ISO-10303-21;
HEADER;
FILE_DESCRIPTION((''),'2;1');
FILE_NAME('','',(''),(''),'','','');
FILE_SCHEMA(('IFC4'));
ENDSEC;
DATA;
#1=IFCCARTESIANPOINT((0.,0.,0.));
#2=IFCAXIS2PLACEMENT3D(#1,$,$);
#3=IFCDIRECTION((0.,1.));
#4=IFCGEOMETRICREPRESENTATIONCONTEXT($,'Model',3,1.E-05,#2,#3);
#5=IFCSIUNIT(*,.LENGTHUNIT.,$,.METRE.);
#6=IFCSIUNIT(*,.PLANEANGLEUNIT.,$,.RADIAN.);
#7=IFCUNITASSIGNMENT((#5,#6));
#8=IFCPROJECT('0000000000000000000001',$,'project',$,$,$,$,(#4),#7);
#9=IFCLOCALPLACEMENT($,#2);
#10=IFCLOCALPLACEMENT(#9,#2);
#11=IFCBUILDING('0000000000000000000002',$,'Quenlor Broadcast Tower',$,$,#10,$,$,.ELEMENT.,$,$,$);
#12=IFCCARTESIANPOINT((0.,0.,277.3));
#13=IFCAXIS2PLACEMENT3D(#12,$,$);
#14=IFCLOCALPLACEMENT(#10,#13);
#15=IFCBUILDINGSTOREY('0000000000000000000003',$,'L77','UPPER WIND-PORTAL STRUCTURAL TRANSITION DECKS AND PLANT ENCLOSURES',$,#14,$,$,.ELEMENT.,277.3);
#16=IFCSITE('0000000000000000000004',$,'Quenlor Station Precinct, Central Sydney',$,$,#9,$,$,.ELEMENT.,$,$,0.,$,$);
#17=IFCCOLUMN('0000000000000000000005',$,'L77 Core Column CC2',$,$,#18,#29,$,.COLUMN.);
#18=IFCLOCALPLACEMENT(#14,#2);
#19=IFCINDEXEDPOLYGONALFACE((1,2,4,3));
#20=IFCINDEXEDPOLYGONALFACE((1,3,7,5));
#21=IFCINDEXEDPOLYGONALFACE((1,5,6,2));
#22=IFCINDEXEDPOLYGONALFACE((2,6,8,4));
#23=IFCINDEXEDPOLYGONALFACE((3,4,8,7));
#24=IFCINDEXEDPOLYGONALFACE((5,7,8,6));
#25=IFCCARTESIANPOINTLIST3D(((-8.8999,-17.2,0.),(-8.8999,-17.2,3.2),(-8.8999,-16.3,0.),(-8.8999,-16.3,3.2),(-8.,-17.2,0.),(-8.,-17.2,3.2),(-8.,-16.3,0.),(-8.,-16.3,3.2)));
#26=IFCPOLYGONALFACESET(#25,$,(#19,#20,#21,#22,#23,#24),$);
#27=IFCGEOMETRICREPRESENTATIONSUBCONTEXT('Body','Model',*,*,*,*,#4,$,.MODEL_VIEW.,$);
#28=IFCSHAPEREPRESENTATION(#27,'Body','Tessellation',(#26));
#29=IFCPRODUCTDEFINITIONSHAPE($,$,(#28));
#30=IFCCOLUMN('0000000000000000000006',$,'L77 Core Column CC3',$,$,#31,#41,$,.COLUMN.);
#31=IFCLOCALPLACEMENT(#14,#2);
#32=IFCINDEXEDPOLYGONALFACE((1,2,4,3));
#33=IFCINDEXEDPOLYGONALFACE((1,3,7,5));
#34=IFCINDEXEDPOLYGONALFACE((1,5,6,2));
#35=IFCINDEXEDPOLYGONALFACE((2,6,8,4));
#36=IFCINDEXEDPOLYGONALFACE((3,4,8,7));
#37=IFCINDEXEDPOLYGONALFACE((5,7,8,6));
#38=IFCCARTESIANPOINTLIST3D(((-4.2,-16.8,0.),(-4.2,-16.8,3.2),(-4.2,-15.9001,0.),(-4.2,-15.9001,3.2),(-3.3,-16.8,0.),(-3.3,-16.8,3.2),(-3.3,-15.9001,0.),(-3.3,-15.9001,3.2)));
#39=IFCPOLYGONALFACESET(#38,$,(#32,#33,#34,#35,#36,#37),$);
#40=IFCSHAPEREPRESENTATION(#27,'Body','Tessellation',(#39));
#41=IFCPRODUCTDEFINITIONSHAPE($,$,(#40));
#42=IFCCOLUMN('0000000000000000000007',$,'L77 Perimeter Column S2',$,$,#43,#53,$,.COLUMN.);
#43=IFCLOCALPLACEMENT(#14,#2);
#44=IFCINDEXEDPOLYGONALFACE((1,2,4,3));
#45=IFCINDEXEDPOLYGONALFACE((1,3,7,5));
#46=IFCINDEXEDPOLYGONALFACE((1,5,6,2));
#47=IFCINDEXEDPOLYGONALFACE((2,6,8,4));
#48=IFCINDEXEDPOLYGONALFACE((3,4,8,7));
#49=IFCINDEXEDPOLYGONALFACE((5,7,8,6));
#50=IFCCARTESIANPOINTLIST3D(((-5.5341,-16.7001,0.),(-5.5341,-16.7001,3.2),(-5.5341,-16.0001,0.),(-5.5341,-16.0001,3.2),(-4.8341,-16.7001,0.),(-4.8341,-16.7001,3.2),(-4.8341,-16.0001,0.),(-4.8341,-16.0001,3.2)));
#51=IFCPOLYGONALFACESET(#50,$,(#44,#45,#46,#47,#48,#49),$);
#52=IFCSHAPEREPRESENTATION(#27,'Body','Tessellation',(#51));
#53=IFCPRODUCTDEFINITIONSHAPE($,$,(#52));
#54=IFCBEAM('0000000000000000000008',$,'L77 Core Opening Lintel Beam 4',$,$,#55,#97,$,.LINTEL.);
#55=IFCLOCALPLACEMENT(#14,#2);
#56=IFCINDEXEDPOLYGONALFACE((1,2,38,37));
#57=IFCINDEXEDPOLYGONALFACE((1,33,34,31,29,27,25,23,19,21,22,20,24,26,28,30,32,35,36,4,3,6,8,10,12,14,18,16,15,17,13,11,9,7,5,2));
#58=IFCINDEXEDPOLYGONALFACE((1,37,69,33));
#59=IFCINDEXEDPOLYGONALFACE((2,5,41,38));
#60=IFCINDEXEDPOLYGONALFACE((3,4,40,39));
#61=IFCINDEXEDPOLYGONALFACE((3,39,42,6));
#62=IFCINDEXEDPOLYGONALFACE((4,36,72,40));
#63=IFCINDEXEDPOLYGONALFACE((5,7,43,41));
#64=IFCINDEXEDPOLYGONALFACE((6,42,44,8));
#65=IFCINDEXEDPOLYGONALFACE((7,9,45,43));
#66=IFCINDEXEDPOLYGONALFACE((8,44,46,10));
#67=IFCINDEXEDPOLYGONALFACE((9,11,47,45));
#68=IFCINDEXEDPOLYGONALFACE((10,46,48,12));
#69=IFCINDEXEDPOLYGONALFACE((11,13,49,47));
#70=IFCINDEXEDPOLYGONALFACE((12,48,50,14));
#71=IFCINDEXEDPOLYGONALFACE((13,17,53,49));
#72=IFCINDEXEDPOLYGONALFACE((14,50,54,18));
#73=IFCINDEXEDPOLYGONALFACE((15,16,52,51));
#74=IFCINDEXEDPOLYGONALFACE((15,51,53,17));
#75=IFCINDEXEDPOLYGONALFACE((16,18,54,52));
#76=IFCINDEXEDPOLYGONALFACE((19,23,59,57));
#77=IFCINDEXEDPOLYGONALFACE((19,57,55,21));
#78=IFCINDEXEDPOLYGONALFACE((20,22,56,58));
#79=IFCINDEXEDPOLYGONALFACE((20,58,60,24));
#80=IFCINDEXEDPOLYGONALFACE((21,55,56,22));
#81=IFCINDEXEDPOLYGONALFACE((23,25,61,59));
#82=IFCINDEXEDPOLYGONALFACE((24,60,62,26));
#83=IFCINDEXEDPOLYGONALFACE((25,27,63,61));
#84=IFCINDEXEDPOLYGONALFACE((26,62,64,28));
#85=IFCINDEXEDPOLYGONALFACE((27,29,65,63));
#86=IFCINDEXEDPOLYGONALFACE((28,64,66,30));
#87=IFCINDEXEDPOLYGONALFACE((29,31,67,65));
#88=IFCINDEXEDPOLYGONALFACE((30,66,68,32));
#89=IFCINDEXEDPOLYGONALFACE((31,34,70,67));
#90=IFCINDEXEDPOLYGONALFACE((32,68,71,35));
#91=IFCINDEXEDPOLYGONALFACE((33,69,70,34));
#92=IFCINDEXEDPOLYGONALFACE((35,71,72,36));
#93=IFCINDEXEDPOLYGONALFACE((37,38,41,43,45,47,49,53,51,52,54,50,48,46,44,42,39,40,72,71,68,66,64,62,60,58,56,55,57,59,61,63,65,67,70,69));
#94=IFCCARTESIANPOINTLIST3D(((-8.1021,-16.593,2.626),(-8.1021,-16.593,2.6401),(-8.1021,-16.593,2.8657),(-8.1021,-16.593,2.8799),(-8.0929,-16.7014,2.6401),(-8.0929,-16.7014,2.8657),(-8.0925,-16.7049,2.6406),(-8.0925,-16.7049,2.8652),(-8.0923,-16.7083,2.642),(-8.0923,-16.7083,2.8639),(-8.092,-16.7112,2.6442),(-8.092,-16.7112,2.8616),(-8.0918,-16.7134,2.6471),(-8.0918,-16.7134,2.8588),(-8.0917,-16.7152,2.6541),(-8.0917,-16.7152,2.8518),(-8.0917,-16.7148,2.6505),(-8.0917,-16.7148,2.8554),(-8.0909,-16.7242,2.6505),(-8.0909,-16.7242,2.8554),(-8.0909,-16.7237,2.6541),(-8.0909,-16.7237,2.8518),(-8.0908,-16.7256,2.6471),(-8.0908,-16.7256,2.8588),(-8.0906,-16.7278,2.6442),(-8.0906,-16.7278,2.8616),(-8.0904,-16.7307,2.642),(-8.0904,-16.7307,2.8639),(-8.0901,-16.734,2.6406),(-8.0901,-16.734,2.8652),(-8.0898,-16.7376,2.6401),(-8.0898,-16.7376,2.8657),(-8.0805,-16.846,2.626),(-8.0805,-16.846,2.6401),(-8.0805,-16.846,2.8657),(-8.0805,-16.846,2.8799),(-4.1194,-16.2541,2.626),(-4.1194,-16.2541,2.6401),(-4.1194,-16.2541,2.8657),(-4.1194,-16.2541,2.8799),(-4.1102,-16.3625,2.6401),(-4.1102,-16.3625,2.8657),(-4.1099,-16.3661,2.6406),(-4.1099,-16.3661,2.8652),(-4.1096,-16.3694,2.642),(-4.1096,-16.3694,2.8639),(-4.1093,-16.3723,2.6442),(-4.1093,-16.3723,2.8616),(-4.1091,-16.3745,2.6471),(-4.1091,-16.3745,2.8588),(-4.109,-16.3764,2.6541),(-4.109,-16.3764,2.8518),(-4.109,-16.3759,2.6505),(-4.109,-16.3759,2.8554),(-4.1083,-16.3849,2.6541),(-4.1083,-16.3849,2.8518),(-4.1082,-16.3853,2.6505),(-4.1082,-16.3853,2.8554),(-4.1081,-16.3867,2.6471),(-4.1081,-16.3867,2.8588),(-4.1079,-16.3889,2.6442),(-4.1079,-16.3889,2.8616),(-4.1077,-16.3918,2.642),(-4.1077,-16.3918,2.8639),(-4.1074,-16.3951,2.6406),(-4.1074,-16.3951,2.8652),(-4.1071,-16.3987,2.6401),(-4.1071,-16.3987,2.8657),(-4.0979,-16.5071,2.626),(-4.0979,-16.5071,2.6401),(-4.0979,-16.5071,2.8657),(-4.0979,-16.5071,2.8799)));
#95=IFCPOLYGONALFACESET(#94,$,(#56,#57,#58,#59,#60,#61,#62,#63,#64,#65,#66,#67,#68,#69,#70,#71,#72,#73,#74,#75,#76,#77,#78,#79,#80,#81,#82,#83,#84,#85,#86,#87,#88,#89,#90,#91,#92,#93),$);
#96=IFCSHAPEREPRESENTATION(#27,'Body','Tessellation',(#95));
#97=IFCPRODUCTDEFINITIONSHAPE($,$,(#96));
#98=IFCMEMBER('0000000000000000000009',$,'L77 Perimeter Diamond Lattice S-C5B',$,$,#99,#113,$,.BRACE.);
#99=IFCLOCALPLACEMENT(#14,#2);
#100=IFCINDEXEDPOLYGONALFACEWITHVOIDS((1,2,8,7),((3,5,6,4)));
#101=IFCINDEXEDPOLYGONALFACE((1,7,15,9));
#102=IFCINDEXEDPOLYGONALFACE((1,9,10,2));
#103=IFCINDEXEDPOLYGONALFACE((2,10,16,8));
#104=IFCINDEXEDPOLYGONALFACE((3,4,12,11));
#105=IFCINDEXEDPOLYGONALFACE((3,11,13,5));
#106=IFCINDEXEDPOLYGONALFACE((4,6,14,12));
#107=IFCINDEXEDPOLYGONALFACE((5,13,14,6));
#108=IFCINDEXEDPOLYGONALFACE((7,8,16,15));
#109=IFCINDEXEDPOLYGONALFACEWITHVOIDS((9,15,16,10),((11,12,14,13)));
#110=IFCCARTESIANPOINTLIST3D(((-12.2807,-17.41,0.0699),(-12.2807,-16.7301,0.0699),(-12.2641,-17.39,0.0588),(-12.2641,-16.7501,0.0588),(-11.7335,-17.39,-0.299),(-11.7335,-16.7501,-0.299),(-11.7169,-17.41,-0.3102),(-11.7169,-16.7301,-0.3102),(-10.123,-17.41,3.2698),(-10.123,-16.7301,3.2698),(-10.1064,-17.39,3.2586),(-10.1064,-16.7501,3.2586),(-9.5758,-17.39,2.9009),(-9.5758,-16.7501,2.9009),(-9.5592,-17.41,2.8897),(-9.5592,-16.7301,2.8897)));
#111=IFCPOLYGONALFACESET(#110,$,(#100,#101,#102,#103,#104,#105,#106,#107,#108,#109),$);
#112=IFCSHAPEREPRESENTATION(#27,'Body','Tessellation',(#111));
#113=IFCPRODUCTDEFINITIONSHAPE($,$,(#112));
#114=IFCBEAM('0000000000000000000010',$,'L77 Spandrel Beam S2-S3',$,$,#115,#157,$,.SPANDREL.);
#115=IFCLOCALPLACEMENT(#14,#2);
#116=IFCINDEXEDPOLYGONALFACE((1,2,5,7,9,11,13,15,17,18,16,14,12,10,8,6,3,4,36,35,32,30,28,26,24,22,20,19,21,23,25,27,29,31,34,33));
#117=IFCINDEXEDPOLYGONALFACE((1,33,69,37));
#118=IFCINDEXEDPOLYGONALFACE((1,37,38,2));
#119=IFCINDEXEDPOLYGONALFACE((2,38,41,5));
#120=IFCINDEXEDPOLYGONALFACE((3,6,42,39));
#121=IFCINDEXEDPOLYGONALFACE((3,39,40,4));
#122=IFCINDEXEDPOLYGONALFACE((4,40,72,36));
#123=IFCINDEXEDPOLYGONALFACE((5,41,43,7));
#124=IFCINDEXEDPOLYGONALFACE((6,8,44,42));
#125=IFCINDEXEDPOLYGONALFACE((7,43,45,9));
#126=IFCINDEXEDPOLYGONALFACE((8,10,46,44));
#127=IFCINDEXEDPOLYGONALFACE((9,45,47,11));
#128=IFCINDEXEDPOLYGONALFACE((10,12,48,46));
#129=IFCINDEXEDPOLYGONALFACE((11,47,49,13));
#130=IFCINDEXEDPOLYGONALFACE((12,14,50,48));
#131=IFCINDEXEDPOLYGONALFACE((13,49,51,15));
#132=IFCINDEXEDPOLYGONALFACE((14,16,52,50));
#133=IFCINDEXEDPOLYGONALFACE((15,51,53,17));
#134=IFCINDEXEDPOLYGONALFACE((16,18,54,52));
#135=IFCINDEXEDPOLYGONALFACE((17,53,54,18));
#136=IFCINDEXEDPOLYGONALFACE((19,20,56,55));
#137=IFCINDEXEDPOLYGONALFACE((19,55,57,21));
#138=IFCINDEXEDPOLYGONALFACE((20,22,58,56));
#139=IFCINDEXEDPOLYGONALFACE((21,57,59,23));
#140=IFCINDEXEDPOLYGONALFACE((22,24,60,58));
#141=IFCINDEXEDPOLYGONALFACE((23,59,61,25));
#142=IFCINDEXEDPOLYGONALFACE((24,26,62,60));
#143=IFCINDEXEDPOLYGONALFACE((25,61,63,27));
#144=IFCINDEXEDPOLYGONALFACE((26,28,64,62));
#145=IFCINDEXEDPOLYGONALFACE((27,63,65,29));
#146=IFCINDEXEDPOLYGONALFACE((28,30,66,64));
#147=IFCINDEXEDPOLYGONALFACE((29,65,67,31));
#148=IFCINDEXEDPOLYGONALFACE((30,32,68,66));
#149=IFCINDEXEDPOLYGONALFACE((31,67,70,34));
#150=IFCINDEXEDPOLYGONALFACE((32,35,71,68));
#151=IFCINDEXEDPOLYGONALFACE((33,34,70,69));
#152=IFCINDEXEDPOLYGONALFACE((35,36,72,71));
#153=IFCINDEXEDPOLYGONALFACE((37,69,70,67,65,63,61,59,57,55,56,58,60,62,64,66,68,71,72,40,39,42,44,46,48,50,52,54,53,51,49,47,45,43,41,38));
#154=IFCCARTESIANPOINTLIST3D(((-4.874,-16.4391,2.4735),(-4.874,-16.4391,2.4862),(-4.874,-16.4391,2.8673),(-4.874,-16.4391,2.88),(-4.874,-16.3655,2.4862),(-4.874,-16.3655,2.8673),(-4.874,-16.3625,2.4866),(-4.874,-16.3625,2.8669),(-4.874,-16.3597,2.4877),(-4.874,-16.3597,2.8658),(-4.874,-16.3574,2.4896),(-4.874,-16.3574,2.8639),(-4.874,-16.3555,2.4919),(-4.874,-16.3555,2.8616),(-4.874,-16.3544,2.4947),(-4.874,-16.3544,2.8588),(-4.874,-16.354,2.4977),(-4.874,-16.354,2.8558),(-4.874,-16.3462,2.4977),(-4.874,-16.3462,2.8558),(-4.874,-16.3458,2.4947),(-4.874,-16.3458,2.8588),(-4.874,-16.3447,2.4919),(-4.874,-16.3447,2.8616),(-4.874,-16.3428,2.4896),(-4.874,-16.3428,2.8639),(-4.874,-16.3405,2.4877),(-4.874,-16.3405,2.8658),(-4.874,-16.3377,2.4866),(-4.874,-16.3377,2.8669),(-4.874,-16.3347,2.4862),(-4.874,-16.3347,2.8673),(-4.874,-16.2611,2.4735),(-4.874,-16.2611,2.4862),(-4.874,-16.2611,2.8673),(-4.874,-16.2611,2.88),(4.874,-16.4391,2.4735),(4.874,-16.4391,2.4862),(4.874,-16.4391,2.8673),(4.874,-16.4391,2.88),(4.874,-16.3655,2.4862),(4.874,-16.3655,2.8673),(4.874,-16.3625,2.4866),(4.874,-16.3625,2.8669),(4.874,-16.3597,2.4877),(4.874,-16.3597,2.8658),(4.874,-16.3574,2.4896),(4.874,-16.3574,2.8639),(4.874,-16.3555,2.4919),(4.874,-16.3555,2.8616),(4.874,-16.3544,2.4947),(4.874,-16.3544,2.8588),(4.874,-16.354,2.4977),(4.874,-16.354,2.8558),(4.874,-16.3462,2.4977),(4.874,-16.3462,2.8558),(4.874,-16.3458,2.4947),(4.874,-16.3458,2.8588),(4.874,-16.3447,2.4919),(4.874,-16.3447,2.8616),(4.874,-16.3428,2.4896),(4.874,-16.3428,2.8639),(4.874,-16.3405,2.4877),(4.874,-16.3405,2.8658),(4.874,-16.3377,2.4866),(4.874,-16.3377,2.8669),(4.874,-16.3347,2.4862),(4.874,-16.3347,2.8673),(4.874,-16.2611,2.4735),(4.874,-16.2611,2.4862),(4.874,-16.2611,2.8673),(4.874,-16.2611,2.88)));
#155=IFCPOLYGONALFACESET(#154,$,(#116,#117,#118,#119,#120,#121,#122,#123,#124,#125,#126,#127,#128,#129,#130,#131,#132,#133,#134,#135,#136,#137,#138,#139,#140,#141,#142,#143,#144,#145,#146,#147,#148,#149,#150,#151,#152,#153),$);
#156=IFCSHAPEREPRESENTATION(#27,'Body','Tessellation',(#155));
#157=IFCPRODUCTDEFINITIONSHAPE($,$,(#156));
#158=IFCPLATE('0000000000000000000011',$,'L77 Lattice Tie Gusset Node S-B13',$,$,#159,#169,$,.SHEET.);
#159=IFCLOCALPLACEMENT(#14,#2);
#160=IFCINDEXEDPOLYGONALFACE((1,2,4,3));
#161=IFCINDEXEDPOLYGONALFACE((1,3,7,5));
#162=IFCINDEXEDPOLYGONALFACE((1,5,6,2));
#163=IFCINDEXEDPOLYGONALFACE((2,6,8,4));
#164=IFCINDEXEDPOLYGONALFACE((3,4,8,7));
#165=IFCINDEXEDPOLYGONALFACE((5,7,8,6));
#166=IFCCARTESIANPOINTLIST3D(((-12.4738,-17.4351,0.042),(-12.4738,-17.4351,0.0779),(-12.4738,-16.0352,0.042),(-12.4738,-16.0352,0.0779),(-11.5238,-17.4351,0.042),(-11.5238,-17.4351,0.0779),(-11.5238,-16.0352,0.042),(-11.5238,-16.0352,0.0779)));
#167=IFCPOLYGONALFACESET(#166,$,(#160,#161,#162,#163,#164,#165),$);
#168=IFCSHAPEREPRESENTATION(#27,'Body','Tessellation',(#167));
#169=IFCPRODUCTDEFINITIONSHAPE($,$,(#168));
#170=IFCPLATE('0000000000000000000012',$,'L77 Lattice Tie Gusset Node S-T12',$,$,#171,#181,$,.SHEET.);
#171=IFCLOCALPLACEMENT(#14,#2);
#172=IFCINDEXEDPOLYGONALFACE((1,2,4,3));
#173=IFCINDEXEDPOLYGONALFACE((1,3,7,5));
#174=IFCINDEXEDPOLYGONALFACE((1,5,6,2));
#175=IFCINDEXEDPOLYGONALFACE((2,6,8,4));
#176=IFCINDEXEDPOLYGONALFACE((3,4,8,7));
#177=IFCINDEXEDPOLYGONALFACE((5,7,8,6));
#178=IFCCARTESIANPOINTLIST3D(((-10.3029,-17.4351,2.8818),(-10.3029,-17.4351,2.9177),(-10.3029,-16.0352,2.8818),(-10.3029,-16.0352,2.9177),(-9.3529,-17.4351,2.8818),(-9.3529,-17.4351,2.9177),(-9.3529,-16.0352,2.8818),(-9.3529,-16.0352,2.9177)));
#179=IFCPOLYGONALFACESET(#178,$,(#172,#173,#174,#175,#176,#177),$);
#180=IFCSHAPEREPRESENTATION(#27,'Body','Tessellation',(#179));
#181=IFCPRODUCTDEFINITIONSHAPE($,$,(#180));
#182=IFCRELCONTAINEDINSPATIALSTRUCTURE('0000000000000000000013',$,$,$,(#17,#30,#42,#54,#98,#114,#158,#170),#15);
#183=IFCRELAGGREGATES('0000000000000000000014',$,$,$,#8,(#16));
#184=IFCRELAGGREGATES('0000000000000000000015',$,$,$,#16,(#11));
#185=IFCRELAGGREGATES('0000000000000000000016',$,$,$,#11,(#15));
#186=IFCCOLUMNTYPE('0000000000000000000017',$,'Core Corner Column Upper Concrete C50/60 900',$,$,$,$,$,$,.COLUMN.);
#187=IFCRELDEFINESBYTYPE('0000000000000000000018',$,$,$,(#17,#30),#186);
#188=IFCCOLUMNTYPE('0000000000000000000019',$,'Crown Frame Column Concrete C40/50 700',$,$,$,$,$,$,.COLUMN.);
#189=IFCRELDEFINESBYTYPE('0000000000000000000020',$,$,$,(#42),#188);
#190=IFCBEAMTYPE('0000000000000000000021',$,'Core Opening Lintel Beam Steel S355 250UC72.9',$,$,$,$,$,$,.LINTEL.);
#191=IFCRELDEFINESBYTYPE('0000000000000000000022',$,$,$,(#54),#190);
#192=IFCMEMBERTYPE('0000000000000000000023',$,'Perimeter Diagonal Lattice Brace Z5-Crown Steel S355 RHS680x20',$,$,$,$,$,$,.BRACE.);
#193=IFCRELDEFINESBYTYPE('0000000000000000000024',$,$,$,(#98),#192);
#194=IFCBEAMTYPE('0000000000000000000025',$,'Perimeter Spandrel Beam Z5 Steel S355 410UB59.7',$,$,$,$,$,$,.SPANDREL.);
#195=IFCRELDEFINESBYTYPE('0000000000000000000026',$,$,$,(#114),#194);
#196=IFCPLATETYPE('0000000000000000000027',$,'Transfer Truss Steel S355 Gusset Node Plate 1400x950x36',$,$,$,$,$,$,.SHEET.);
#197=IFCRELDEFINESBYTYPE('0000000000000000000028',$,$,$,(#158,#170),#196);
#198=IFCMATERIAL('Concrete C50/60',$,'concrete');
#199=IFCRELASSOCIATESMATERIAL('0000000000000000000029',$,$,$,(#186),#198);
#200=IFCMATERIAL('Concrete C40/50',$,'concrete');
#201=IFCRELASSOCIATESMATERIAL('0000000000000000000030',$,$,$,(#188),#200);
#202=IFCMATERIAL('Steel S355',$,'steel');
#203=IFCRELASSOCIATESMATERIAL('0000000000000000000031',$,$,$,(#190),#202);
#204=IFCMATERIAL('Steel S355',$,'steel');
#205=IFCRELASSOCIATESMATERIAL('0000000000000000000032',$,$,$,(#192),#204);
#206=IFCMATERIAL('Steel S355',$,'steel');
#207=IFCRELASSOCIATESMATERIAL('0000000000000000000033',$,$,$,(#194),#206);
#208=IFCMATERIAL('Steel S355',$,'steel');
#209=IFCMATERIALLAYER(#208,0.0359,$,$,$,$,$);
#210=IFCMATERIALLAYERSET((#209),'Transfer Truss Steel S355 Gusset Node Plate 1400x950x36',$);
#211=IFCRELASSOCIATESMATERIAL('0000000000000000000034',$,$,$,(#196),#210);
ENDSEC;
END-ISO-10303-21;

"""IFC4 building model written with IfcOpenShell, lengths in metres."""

from ifc_helpers import new_model, si_unit, direction, frame, origin, origin_2d, place, context, subcontext, project, spatial, rectangle, hollow_rectangle, i_section, extrude, material, layer, layer_set, material_profile, profile_set, type_object, element, save


model = new_model("IFC4")

# Units and contexts
model_context = context("Model", 3, precision=1e-05, world=origin(), true_north=direction((0.0, 1.0)))
body_context = subcontext(model_context, "Body", "Model", "MODEL_VIEW")
ifc_project = project(units=[si_unit("LENGTHUNIT", "METRE"), si_unit("PLANEANGLEUNIT", "RADIAN")], contexts=[model_context])

# Site, building, storey
site_placement = place(None, origin())
site = spatial("IfcSite", under=ifc_project, at=site_placement, Name="Quenlor Station Precinct, Central Sydney", CompositionType="ELEMENT", RefElevation=0.0)
building_placement = place(site_placement, origin())
building = spatial("IfcBuilding", under=site, at=building_placement, Name="Quenlor Broadcast Tower", CompositionType="ELEMENT")
storey_placement = place(building_placement, frame((0.0, 0.0, 277.3)))
storey = spatial("IfcBuildingStorey", under=building, at=storey_placement, Name="L77", Description="UPPER WIND-PORTAL STRUCTURAL TRANSITION DECKS AND PLANT ENCLOSURES", CompositionType="ELEMENT", Elevation=277.3)

# Columns
ifc_material_1 = material(Name="Concrete C50/60", Category="concrete")
ifc_material_profile_1 = material_profile(ifc_material_1, rectangle(XDim=0.8999, YDim=0.8999, at=origin_2d()))
ifc_profile_set_1 = profile_set([ifc_material_profile_1], Name="Concrete C50/60 RC900x900")
column_type_1 = type_object("IfcColumnType", Name="Core Corner Column Upper Concrete C50/60 900", PredefinedType="COLUMN", material=ifc_profile_set_1)
for number, where, z_axis, x_axis, name in (
    (1, (-8.45, -16.75, 0.0), (0.0, 0.0, 1.0), (1.0, 0.0, 0.0), "L77 Core Column CC2"),
    (2, (-3.75, -16.3501, 0.0), (0.0, 0.0, 1.0), (1.0, 0.0, 0.0), "L77 Core Column CC3"),
):
    element("IfcColumn", number, at=place(storey_placement, frame(where, z_axis=z_axis, x_axis=x_axis)), inside=storey, type_object=column_type_1, Name=name, PredefinedType="COLUMN", context=body_context, shape_type="SweptSolid", body=[
        extrude(rectangle(XDim=0.8999, YDim=0.8999, at=origin_2d()), origin(), (0.0, 0.0, 1.0), 3.2),
    ])
ifc_material_2 = material(Name="Concrete C40/50", Category="concrete")
ifc_material_profile_2 = material_profile(ifc_material_2, rectangle(XDim=0.7, YDim=0.7, at=origin_2d()))
ifc_profile_set_2 = profile_set([ifc_material_profile_2], Name="Concrete C40/50 RC700x700")
column_type_2 = type_object("IfcColumnType", Name="Crown Frame Column Concrete C40/50 700", PredefinedType="COLUMN", material=ifc_profile_set_2)
column_placement = place(storey_placement, frame((-5.1841, -16.3501, 0.0), z_axis=(0.0, 0.0, 1.0), x_axis=(0.0, 1.0, 0.0)))
element("IfcColumn", 3, at=column_placement, inside=storey, type_object=column_type_2, Name="L77 Perimeter Column S2", PredefinedType="COLUMN", context=body_context, shape_type="SweptSolid", body=[
    extrude(rectangle(XDim=0.7, YDim=0.7, at=origin_2d()), origin(), (0.0, 0.0, 1.0), 3.2),
])

# Beam
ifc_material_3 = material(Name="Steel S355", Category="steel")
ifc_material_profile_3 = material_profile(ifc_material_3, i_section(OverallWidth=0.2539, OverallDepth=0.2539, WebThickness=0.0085, FlangeThickness=0.0142, FilletRadius=0.0139, at=origin_2d()))
ifc_profile_set_3 = profile_set([ifc_material_profile_3], Name="Steel S355 250UC72.9")
beam_type_1 = type_object("IfcBeamType", Name="Core Opening Lintel Beam Steel S355 250UC72.9", PredefinedType="LINTEL", material=ifc_profile_set_3)
beam_1_placement = place(storey_placement, frame((-8.0913, -16.7195, 2.7529), z_axis=(0.9964, 0.084779, 0.0), x_axis=(-0.084779, 0.9964, 0.0)))
element("IfcBeam", 4, at=beam_1_placement, inside=storey, type_object=beam_type_1, Name="L77 Core Opening Lintel Beam 4", PredefinedType="LINTEL", context=body_context, shape_type="SweptSolid", body=[
    extrude(i_section(OverallWidth=0.2539, OverallDepth=0.2539, WebThickness=0.0085, FlangeThickness=0.0142, FilletRadius=0.0139, at=origin_2d()), origin(), (0.0, 0.0, 1.0), 3.9971),
])

# Member
ifc_material_4 = material(Name="Steel S355", Category="steel")
ifc_material_profile_4 = material_profile(ifc_material_4, hollow_rectangle(XDim=0.6799, YDim=0.6799, WallThickness=0.02, at=origin_2d()))
ifc_profile_set_4 = profile_set([ifc_material_profile_4], Name="Steel S355 RHS680x680x20")
member_type = type_object("IfcMemberType", Name="Perimeter Diagonal Lattice Brace Z5-Crown Steel S355 RHS680x20", PredefinedType="BRACE", material=ifc_profile_set_4)
member_placement = place(storey_placement, frame((-11.9988, -17.0701, -0.1201), z_axis=(0.559072, 0.0, 0.829119), x_axis=(0.0, 1.0, 0.0)))
element("IfcMember", 5, at=member_placement, inside=storey, type_object=member_type, Name="L77 Perimeter Diamond Lattice S-C5B", PredefinedType="BRACE", context=body_context, shape_type="SweptSolid", body=[
    extrude(hollow_rectangle(XDim=0.6799, YDim=0.6799, WallThickness=0.02, at=origin_2d()), origin(), (0.0, 0.0, 1.0), 3.8594),
])

# Beam
ifc_material_5 = material(Name="Steel S355", Category="steel")
ifc_material_profile_5 = material_profile(ifc_material_5, i_section(OverallWidth=0.178, OverallDepth=0.4065, WebThickness=0.0078, FlangeThickness=0.0127, FilletRadius=0.0115, at=origin_2d()))
ifc_profile_set_5 = profile_set([ifc_material_profile_5], Name="Steel S355 410UB59.7")
beam_type_2 = type_object("IfcBeamType", Name="Perimeter Spandrel Beam Z5 Steel S355 410UB59.7", PredefinedType="SPANDREL", material=ifc_profile_set_5)
beam_2_placement = place(storey_placement, frame((-4.874, -16.3501, 2.6768), z_axis=(1.0, 0.0, 0.0), x_axis=(0.0, 1.0, 0.0)))
element("IfcBeam", 6, at=beam_2_placement, inside=storey, type_object=beam_type_2, Name="L77 Spandrel Beam S2-S3", PredefinedType="SPANDREL", context=body_context, shape_type="SweptSolid", body=[
    extrude(i_section(OverallWidth=0.178, OverallDepth=0.4065, WebThickness=0.0078, FlangeThickness=0.0127, FilletRadius=0.0115, at=origin_2d()), origin(), (0.0, 0.0, 1.0), 9.748),
])

# Plates
ifc_material_6 = material(Name="Steel S355", Category="steel")
ifc_layer_1 = layer(ifc_material_6, 0.0359)
ifc_layer_set_1 = layer_set([ifc_layer_1], Name="Transfer Truss Steel S355 Gusset Node Plate 1400x950x36")
plate_type = type_object("IfcPlateType", Name="Transfer Truss Steel S355 Gusset Node Plate 1400x950x36", PredefinedType="SHEET", material=ifc_layer_set_1)
for number, where, z_axis, x_axis, name in (
    (7, (-11.9988, -16.7351, 0.042), (0.0, 0.0, 1.0), (0.0, -1.0, 0.0), "L77 Lattice Tie Gusset Node S-B13"),
    (8, (-9.8279, -16.7351, 2.8818), (0.0, 0.0, 1.0), (0.0, -1.0, 0.0), "L77 Lattice Tie Gusset Node S-T12"),
):
    element("IfcPlate", number, at=place(storey_placement, frame(where, z_axis=z_axis, x_axis=x_axis)), inside=storey, type_object=plate_type, Name=name, PredefinedType="SHEET", context=body_context, shape_type="SweptSolid", body=[
        extrude(rectangle(XDim=1.3999, YDim=0.95, at=origin_2d()), origin(), (0.0, 0.0, 1.0), 0.0359),
    ])

save(model, "model.ifc")
